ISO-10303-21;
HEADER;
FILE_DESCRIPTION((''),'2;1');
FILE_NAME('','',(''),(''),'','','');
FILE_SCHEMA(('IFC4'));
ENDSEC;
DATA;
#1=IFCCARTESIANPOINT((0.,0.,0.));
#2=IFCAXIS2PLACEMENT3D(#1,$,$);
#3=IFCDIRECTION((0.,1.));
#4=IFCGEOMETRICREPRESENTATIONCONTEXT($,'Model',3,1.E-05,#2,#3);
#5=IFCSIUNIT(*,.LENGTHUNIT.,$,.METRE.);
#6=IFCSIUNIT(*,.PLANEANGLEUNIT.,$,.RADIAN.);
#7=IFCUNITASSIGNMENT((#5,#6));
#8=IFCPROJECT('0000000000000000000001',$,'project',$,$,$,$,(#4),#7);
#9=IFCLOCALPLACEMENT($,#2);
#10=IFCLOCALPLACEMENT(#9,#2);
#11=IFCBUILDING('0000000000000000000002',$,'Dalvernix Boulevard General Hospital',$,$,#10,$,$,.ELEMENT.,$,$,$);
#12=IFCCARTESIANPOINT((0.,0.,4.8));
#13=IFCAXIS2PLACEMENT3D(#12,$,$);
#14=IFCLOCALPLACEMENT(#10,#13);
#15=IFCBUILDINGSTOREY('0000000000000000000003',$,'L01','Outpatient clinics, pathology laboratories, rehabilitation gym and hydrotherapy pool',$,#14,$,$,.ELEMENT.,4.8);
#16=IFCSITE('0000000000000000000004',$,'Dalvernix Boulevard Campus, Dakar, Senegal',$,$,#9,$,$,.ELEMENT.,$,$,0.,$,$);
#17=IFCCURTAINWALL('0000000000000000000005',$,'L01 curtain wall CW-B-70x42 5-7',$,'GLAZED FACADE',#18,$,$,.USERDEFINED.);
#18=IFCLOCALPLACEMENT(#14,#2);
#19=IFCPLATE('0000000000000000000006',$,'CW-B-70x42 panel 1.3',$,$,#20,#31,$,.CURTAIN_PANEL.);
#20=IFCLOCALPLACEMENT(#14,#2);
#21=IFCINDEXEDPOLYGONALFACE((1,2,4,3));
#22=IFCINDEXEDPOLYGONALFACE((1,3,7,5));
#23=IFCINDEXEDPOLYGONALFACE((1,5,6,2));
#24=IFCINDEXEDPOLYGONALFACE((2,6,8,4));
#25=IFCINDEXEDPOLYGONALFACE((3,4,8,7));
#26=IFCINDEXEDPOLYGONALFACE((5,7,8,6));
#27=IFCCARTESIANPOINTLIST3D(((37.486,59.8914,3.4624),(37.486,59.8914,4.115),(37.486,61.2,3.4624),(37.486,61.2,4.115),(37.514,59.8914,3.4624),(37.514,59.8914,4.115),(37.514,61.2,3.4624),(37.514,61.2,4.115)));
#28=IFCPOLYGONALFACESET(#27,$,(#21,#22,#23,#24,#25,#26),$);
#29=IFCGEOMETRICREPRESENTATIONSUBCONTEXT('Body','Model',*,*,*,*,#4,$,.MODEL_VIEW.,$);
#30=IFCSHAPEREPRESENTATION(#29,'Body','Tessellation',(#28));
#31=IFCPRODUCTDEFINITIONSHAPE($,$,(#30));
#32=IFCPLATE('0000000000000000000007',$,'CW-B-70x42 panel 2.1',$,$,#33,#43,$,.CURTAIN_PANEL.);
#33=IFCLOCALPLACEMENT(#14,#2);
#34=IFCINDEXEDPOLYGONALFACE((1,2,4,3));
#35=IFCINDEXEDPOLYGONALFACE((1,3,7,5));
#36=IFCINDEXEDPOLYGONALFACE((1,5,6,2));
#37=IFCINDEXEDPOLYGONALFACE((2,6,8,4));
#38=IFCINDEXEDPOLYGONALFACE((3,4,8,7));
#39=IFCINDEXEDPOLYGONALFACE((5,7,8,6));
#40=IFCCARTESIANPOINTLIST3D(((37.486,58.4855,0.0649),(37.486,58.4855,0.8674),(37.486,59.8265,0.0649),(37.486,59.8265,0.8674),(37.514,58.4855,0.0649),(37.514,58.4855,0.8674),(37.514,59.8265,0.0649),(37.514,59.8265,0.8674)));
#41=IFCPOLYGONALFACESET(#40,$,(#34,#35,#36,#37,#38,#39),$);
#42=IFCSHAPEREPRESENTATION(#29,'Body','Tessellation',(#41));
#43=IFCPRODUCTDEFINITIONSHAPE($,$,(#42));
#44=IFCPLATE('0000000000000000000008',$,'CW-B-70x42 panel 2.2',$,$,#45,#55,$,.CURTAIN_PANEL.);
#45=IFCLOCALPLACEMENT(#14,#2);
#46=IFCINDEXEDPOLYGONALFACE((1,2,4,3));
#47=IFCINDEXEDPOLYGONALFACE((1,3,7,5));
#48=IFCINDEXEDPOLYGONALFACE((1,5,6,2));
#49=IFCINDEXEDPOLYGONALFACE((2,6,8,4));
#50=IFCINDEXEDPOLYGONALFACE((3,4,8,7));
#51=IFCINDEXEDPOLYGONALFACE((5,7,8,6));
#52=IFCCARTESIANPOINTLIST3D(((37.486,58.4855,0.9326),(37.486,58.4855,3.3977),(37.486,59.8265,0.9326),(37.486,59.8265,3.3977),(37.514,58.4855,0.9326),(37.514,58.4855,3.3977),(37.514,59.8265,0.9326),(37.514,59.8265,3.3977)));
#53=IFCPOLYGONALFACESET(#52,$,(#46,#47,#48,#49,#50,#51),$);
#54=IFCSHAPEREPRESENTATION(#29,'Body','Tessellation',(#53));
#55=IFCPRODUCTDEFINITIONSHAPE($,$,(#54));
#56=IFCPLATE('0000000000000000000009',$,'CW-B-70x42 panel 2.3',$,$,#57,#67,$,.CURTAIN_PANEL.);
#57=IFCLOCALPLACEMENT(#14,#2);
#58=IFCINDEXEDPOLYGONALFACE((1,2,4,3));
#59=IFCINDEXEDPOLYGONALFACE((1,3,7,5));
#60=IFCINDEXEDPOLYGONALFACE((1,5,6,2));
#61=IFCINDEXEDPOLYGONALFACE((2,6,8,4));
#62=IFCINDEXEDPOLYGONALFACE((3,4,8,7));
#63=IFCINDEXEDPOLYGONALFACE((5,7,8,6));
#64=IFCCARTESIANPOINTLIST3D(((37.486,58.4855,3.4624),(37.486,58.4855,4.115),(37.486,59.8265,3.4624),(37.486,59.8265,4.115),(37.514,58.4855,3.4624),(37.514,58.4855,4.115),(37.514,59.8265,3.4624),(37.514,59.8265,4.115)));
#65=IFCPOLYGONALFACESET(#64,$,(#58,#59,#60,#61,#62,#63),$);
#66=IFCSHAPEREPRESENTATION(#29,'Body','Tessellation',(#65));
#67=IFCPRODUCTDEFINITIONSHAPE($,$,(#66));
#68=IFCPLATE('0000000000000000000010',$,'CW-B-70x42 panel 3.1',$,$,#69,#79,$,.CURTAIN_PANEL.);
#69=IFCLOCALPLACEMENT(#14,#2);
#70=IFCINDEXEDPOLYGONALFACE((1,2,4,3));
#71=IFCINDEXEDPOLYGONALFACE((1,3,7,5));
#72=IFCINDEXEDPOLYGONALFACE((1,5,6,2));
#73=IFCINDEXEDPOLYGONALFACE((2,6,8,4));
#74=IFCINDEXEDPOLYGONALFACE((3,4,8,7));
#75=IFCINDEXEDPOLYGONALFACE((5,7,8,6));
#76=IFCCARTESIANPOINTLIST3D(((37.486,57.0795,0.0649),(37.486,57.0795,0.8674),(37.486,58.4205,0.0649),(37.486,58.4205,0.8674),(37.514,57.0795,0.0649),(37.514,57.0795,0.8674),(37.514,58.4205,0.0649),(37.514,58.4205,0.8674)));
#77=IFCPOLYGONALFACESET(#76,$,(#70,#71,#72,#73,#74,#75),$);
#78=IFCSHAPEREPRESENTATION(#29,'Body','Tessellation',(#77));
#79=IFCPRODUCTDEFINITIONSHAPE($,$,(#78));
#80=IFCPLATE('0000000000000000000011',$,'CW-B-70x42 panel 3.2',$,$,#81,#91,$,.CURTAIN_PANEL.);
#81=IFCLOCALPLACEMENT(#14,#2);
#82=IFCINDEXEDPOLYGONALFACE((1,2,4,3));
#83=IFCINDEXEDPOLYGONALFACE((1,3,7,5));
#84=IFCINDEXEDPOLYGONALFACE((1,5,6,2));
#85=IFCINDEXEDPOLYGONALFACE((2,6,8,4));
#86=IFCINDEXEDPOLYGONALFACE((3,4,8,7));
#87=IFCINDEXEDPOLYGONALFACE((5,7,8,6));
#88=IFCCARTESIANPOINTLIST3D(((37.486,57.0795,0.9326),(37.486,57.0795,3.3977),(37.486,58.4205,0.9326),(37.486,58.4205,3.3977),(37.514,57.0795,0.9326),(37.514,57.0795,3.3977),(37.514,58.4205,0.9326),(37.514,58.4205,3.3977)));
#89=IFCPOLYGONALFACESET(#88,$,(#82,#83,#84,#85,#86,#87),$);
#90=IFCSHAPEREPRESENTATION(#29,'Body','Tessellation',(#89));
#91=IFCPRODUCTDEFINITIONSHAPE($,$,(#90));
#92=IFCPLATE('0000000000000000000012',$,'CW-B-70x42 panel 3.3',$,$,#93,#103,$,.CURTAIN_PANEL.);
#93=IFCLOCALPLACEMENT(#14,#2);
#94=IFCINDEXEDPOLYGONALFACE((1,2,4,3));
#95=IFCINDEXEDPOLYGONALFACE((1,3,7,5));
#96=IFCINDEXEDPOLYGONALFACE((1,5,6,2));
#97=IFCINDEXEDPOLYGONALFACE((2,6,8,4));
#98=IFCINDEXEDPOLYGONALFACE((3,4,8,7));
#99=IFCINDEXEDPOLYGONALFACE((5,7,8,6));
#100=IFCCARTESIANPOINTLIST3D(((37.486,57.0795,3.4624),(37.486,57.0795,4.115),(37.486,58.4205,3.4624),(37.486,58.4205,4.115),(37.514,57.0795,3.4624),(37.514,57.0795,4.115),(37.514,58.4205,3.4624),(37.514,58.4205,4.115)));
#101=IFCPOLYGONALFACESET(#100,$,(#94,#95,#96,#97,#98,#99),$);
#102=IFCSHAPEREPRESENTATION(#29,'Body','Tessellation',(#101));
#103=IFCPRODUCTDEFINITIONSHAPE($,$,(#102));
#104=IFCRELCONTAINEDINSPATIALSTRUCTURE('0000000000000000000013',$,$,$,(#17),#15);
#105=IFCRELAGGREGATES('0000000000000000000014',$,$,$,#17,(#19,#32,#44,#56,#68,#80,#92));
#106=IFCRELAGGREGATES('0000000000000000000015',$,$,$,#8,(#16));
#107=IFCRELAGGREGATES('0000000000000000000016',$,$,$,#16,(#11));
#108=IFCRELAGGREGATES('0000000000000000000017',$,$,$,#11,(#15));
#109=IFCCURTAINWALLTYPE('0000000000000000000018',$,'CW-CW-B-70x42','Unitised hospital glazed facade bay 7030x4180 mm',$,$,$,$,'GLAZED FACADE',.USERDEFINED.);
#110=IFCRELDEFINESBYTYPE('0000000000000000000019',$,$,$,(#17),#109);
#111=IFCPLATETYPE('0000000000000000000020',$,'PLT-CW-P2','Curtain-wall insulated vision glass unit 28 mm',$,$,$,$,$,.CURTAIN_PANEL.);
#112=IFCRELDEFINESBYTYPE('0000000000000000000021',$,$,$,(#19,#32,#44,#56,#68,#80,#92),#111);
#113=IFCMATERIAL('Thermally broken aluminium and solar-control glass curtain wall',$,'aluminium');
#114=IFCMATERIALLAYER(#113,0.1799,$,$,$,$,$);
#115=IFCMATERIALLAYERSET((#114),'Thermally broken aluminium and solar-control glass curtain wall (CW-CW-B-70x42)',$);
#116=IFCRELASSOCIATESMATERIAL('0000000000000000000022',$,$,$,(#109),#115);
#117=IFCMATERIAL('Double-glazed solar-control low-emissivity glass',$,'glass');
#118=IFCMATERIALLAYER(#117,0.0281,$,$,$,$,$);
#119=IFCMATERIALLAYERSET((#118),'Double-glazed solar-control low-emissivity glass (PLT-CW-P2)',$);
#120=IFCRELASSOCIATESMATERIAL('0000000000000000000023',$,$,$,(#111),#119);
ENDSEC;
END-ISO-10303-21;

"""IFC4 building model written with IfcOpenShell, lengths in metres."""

from ifc_helpers import new_model, si_unit, direction, frame, origin, origin_2d, place, context, subcontext, project, spatial, rectangle, extrude, material, layer, layer_set, type_object, element, aggregate, save


model = new_model("IFC4")

# Units and contexts
model_context = context("Model", 3, precision=1e-05, world=origin(), true_north=direction((0.0, 1.0)))
body_context = subcontext(model_context, "Body", "Model", "MODEL_VIEW")
ifc_project = project(units=[si_unit("LENGTHUNIT", "METRE"), si_unit("PLANEANGLEUNIT", "RADIAN")], contexts=[model_context])

# Site, building, storey
site_placement = place(None, origin())
site = spatial("IfcSite", under=ifc_project, at=site_placement, Name="Dalvernix Boulevard Campus, Dakar, Senegal", CompositionType="ELEMENT", RefElevation=0.0)
building_placement = place(site_placement, origin())
building = spatial("IfcBuilding", under=site, at=building_placement, Name="Dalvernix Boulevard General Hospital", CompositionType="ELEMENT")
storey_placement = place(building_placement, frame((0.0, 0.0, 4.8)))
storey = spatial("IfcBuildingStorey", under=building, at=storey_placement, Name="L01", Description="Outpatient clinics, pathology laboratories, rehabilitation gym and hydrotherapy pool", CompositionType="ELEMENT", Elevation=4.8)

# Curtain wall, plates
ifc_material_1 = material(Name="Thermally broken aluminium and solar-control glass curtain wall", Category="aluminium")
ifc_layer_1 = layer(ifc_material_1, 0.1799)
ifc_layer_set_1 = layer_set([ifc_layer_1], Name="Thermally broken aluminium and solar-control glass curtain wall (CW-CW-B-70x42)")
curtain_wall_type = type_object("IfcCurtainWallType", Name="CW-CW-B-70x42", Description="Unitised hospital glazed facade bay 7030x4180 mm", ElementType="GLAZED FACADE", PredefinedType="USERDEFINED", material=ifc_layer_set_1)
curtain_wall_placement = place(storey_placement, origin())
curtain_wall = element("IfcCurtainWall", 1, at=curtain_wall_placement, inside=storey, type_object=curtain_wall_type, Name="L01 curtain wall CW-B-70x42 5-7", ObjectType="GLAZED FACADE", PredefinedType="USERDEFINED")
ifc_material_2 = material(Name="Double-glazed solar-control low-emissivity glass", Category="glass")
ifc_layer_2 = layer(ifc_material_2, 0.0281)
ifc_layer_set_2 = layer_set([ifc_layer_2], Name="Double-glazed solar-control low-emissivity glass (PLT-CW-P2)")
plate_type = type_object("IfcPlateType", Name="PLT-CW-P2", Description="Curtain-wall insulated vision glass unit 28 mm", PredefinedType="CURTAIN_PANEL", material=ifc_layer_set_2)
plate_1_placement = place(storey_placement, frame((37.5, 60.5457, 3.4624), z_axis=(0.0, 0.0, 1.0), x_axis=(0.0, -1.0, 0.0)))
plate_1 = element("IfcPlate", 2, at=plate_1_placement, type_object=plate_type, Name="CW-B-70x42 panel 1.3", PredefinedType="CURTAIN_PANEL", context=body_context, shape_type="SweptSolid", body=[
    extrude(rectangle(XDim=1.3086, YDim=0.0281, at=origin_2d()), origin(), (0.0, 0.0, 1.0), 0.6526),
])
plate_2_placement = place(storey_placement, frame((37.5, 59.156, 0.0649), z_axis=(0.0, 0.0, 1.0), x_axis=(0.0, -1.0, 0.0)))
plate_2 = element("IfcPlate", 3, at=plate_2_placement, type_object=plate_type, Name="CW-B-70x42 panel 2.1", PredefinedType="CURTAIN_PANEL", context=body_context, shape_type="SweptSolid", body=[
    extrude(rectangle(XDim=1.3411, YDim=0.0281, at=origin_2d()), origin(), (0.0, 0.0, 1.0), 0.8025),
])
plate_3_placement = place(storey_placement, frame((37.5, 59.156, 0.9326), z_axis=(0.0, 0.0, 1.0), x_axis=(0.0, -1.0, 0.0)))
plate_3 = element("IfcPlate", 4, at=plate_3_placement, type_object=plate_type, Name="CW-B-70x42 panel 2.2", PredefinedType="CURTAIN_PANEL", context=body_context, shape_type="SweptSolid", body=[
    extrude(rectangle(XDim=1.3411, YDim=0.0281, at=origin_2d()), origin(), (0.0, 0.0, 1.0), 2.4651),
])
plate_4_placement = place(storey_placement, frame((37.5, 59.156, 3.4624), z_axis=(0.0, 0.0, 1.0), x_axis=(0.0, -1.0, 0.0)))
plate_4 = element("IfcPlate", 5, at=plate_4_placement, type_object=plate_type, Name="CW-B-70x42 panel 2.3", PredefinedType="CURTAIN_PANEL", context=body_context, shape_type="SweptSolid", body=[
    extrude(rectangle(XDim=1.3411, YDim=0.0281, at=origin_2d()), origin(), (0.0, 0.0, 1.0), 0.6526),
])
plate_5_placement = place(storey_placement, frame((37.5, 57.75, 0.0649), z_axis=(0.0, 0.0, 1.0), x_axis=(0.0, -1.0, 0.0)))
plate_5 = element("IfcPlate", 6, at=plate_5_placement, type_object=plate_type, Name="CW-B-70x42 panel 3.1", PredefinedType="CURTAIN_PANEL", context=body_context, shape_type="SweptSolid", body=[
    extrude(rectangle(XDim=1.3411, YDim=0.0281, at=origin_2d()), origin(), (0.0, 0.0, 1.0), 0.8025),
])
plate_6_placement = place(storey_placement, frame((37.5, 57.75, 0.9326), z_axis=(0.0, 0.0, 1.0), x_axis=(0.0, -1.0, 0.0)))
plate_6 = element("IfcPlate", 7, at=plate_6_placement, type_object=plate_type, Name="CW-B-70x42 panel 3.2", PredefinedType="CURTAIN_PANEL", context=body_context, shape_type="SweptSolid", body=[
    extrude(rectangle(XDim=1.3411, YDim=0.0281, at=origin_2d()), origin(), (0.0, 0.0, 1.0), 2.4651),
])
plate_7_placement = place(storey_placement, frame((37.5, 57.75, 3.4624), z_axis=(0.0, 0.0, 1.0), x_axis=(0.0, -1.0, 0.0)))
plate_7 = element("IfcPlate", 8, at=plate_7_placement, type_object=plate_type, Name="CW-B-70x42 panel 3.3", PredefinedType="CURTAIN_PANEL", context=body_context, shape_type="SweptSolid", body=[
    extrude(rectangle(XDim=1.3411, YDim=0.0281, at=origin_2d()), origin(), (0.0, 0.0, 1.0), 0.6526),
])
aggregate(curtain_wall, [plate_1, plate_2, plate_3, plate_4, plate_5, plate_6, plate_7])

save(model, "model.ifc")
